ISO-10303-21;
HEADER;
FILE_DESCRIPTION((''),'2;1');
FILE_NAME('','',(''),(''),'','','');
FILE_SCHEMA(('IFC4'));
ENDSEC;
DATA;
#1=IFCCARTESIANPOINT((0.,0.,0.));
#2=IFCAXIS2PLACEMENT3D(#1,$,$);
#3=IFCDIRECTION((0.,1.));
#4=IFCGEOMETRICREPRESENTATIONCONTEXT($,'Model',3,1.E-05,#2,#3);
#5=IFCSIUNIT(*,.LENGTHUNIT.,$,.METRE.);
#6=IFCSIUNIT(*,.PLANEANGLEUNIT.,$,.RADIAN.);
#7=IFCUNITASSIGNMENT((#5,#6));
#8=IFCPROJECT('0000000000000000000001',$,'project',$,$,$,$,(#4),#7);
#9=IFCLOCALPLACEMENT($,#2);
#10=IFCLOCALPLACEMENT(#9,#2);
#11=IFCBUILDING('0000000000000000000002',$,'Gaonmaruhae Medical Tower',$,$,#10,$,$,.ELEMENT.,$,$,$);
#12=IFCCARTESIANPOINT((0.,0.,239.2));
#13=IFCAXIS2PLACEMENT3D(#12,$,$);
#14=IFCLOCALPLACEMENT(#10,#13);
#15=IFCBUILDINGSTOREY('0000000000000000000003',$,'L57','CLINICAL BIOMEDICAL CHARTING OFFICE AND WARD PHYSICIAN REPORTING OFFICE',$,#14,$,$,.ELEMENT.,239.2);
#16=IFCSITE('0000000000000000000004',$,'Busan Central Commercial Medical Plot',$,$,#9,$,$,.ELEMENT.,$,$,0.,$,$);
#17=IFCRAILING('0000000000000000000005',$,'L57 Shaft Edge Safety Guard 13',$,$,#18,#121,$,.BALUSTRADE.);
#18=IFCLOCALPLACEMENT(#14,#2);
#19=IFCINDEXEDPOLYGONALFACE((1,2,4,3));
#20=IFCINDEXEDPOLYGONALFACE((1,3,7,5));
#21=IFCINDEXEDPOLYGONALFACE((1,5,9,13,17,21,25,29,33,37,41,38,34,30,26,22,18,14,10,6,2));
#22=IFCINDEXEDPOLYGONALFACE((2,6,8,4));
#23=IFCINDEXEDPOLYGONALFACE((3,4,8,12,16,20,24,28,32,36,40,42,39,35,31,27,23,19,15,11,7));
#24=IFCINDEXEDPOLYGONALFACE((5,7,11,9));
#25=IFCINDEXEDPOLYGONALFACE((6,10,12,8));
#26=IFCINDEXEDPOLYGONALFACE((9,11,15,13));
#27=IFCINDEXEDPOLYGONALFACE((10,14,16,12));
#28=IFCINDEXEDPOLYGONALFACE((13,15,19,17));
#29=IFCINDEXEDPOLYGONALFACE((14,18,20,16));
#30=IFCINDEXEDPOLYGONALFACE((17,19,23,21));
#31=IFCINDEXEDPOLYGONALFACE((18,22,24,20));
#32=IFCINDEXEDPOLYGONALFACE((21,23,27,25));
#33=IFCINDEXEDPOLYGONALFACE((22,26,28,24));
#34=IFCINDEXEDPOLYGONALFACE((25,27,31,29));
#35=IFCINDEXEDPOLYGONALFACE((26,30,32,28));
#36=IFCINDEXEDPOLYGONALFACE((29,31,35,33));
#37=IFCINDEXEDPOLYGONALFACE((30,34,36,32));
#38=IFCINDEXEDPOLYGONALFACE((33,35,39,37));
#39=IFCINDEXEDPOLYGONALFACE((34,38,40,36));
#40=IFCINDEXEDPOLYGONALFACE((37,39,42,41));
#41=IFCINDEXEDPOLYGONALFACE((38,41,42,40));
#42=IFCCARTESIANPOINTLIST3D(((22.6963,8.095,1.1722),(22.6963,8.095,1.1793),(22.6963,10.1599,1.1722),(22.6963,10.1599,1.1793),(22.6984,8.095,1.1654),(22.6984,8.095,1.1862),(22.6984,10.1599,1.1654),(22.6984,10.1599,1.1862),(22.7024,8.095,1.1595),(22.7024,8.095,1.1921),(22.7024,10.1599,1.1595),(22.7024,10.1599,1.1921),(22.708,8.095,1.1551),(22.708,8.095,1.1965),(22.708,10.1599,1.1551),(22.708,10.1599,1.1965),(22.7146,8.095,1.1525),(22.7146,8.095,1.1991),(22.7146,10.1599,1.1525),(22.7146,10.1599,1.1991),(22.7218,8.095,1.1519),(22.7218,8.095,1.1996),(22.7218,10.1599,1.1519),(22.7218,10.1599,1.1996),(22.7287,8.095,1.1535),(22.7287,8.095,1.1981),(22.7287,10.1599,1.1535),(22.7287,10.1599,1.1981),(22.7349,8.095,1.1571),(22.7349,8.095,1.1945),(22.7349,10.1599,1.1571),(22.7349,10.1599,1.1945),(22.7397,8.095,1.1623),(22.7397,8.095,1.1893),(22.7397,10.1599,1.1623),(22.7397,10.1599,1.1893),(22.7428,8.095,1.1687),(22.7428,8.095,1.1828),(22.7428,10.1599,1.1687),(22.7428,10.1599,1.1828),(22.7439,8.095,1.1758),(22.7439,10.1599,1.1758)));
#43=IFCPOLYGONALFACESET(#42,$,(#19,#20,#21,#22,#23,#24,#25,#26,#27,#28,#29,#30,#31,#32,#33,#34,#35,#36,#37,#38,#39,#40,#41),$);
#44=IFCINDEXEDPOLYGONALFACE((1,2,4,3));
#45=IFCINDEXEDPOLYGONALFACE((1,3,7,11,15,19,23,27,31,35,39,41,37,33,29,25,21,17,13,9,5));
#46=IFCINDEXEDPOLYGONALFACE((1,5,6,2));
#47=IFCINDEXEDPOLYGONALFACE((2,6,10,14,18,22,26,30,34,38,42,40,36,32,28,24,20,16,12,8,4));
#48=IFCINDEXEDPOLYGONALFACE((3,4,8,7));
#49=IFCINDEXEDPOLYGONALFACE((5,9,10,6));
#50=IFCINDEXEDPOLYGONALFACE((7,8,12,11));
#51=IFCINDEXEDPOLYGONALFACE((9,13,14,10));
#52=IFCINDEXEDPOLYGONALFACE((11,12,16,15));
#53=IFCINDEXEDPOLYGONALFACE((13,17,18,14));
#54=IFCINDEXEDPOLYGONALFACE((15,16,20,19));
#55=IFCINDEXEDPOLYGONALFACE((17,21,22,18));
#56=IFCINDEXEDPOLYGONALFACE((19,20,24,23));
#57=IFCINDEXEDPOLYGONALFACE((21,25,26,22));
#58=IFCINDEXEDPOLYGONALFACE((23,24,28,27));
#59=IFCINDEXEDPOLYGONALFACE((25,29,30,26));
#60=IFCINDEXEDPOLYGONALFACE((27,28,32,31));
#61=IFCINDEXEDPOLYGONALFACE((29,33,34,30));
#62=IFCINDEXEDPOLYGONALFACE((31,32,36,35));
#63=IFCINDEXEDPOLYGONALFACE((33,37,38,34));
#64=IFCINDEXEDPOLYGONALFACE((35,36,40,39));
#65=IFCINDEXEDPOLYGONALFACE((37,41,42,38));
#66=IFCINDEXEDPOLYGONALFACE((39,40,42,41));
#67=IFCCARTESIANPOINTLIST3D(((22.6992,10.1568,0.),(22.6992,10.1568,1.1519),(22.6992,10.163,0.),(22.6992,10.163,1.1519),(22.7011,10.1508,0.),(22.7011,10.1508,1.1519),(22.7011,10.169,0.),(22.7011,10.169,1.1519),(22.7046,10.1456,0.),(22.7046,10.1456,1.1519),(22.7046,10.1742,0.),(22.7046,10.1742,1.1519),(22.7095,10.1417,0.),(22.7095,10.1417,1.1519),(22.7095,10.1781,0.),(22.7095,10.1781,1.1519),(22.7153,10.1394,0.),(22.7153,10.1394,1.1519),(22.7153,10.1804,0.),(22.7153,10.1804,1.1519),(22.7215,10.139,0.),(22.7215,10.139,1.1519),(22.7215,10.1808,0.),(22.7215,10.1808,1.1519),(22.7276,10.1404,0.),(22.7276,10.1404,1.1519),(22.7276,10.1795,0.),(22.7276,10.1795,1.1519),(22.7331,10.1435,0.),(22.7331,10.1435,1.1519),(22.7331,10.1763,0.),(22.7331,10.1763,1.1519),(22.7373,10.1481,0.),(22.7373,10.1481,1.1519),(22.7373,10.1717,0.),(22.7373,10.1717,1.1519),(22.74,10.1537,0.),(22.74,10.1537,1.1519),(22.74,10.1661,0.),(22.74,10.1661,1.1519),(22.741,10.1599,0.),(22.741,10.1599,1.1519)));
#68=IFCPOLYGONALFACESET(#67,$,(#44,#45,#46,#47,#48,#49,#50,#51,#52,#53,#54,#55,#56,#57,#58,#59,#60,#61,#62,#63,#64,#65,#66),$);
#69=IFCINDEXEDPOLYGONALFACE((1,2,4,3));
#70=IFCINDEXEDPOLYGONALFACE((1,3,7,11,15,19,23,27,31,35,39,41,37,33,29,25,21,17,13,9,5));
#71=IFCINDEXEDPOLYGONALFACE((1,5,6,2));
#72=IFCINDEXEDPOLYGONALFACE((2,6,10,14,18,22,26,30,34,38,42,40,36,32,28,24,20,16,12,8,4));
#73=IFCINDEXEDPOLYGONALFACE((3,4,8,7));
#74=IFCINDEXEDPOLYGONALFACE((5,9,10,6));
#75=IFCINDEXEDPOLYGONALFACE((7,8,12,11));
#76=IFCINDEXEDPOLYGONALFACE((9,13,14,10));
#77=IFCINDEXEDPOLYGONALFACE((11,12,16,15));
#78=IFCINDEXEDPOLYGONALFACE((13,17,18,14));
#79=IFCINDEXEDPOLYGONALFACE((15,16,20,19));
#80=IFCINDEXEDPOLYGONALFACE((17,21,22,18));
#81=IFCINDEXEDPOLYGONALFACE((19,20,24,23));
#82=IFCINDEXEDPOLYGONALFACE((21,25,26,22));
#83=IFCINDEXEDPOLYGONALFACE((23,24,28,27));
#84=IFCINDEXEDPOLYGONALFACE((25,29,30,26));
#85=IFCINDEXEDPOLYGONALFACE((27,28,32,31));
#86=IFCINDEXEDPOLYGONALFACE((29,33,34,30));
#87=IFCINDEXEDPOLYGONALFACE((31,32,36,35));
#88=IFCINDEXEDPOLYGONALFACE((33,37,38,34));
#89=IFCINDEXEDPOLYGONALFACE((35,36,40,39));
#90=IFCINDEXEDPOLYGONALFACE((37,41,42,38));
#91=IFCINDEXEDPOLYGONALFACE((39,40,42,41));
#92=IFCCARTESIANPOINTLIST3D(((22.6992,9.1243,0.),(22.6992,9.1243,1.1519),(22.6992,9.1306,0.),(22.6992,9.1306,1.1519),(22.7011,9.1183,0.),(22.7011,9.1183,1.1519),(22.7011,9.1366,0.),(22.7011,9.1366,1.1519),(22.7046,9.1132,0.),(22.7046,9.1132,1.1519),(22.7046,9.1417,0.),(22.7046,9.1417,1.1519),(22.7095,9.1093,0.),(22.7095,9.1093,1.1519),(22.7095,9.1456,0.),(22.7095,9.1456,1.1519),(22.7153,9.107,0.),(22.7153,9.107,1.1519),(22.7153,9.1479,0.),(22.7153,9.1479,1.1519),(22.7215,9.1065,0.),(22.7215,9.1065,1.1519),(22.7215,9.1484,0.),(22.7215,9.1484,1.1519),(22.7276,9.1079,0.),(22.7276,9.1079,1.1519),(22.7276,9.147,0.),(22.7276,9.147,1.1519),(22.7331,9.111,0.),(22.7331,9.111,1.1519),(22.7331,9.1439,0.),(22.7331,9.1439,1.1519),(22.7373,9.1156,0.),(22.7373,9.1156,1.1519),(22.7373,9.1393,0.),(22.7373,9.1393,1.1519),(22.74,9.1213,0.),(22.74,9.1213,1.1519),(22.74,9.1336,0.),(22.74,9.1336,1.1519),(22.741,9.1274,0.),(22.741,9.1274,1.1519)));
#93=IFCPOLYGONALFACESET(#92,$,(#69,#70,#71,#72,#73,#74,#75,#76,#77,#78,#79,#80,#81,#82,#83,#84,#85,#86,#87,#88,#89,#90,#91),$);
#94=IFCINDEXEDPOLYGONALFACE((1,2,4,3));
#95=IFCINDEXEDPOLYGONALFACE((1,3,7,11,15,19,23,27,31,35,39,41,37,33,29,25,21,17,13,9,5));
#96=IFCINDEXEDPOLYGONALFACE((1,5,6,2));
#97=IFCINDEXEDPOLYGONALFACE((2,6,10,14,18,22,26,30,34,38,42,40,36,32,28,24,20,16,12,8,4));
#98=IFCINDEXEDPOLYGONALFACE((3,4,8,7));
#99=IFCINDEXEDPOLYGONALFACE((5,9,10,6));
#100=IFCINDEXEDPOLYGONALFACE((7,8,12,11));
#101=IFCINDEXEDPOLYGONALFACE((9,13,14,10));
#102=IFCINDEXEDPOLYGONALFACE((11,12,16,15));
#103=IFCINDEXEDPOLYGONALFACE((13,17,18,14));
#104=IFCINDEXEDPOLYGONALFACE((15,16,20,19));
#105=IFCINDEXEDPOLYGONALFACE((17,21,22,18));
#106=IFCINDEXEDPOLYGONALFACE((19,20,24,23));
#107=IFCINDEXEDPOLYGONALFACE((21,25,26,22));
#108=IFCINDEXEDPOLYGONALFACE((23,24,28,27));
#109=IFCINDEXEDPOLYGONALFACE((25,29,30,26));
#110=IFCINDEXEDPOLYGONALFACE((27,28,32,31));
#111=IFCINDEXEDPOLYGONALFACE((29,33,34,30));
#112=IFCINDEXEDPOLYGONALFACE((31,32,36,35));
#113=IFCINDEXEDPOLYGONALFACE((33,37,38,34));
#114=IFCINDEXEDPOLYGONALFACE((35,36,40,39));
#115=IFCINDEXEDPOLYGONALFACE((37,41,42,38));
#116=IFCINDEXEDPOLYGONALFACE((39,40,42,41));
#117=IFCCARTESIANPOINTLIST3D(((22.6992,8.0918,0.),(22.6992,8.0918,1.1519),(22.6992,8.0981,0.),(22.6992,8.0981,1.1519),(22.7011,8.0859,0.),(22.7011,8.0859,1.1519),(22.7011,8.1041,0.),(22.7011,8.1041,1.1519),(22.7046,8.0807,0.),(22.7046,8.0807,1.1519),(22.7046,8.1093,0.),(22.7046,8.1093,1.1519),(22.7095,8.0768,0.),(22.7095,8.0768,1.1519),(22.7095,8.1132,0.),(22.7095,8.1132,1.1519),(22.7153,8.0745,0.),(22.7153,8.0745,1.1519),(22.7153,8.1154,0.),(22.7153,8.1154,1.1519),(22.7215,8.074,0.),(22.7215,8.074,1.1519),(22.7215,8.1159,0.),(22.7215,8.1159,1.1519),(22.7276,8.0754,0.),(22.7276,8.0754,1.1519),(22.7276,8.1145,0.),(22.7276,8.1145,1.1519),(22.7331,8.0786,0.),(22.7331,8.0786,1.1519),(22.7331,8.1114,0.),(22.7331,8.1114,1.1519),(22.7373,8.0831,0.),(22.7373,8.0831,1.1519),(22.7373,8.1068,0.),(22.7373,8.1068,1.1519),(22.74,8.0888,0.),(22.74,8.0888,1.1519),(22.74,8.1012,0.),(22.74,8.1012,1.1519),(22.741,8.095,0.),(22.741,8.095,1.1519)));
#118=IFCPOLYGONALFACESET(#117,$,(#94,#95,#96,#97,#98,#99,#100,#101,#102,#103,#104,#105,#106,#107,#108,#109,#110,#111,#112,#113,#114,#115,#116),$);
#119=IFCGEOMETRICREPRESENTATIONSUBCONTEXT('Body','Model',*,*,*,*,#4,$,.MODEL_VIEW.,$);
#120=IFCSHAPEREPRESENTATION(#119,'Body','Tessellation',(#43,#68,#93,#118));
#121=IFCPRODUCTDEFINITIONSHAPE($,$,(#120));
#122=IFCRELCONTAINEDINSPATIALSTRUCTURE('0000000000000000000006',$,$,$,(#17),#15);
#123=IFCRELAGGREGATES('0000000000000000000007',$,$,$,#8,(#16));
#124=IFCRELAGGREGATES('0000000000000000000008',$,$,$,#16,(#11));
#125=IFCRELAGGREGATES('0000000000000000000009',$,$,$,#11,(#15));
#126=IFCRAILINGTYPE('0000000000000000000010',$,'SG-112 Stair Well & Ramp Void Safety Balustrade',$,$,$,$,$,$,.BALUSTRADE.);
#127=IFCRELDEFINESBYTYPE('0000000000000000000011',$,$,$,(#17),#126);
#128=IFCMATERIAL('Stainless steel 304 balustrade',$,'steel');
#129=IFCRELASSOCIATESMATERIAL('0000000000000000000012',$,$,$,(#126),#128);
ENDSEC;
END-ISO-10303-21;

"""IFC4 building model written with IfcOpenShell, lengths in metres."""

from ifc_helpers import new_model, si_unit, direction, frame, origin, origin_2d, place, context, subcontext, project, spatial, circle, extrude, material, type_object, element, save


model = new_model("IFC4")

# Units and contexts
model_context = context("Model", 3, precision=1e-05, world=origin(), true_north=direction((0.0, 1.0)))
body_context = subcontext(model_context, "Body", "Model", "MODEL_VIEW")
ifc_project = project(units=[si_unit("LENGTHUNIT", "METRE"), si_unit("PLANEANGLEUNIT", "RADIAN")], contexts=[model_context])

# Site, building, storey
site_placement = place(None, origin())
site = spatial("IfcSite", under=ifc_project, at=site_placement, Name="Busan Central Commercial Medical Plot", CompositionType="ELEMENT", RefElevation=0.0)
building_placement = place(site_placement, origin())
building = spatial("IfcBuilding", under=site, at=building_placement, Name="Gaonmaruhae Medical Tower", CompositionType="ELEMENT")
storey_placement = place(building_placement, frame((0.0, 0.0, 239.2)))
storey = spatial("IfcBuildingStorey", under=building, at=storey_placement, Name="L57", Description="CLINICAL BIOMEDICAL CHARTING OFFICE AND WARD PHYSICIAN REPORTING OFFICE", CompositionType="ELEMENT", Elevation=239.2)

# Railing
ifc_material_1 = material(Name="Stainless steel 304 balustrade", Category="steel")
railing_type_1 = type_object("IfcRailingType", Name="SG-112 Stair Well & Ramp Void Safety Balustrade", PredefinedType="BALUSTRADE", material=ifc_material_1)
railing_1_placement = place(storey_placement, frame((22.72, 10.1599, 0.0)))
element("IfcRailing", 1, at=railing_1_placement, inside=storey, type_object=railing_type_1, Name="L57 Shaft Edge Safety Guard 13", PredefinedType="BALUSTRADE", context=body_context, shape_type="SweptSolid", body=[
    extrude(circle(Radius=0.0239, at=origin_2d()), frame((0.0, 0.0, 1.1758), z_axis=(0.0, -1.0, 0.0), x_axis=(1.0, 0.0, 0.0)), (0.0, 0.0, 1.0), 2.0649),
    extrude(circle(Radius=0.021, at=origin_2d()), origin(), (0.0, 0.0, 1.0), 1.1519),
    extrude(circle(Radius=0.021, at=origin_2d()), frame((0.0, -1.0325, 0.0)), (0.0, 0.0, 1.0), 1.1519),
    extrude(circle(Radius=0.021, at=origin_2d()), frame((0.0, -2.0649, 0.0)), (0.0, 0.0, 1.0), 1.1519),
])

save(model, "model.ifc")
